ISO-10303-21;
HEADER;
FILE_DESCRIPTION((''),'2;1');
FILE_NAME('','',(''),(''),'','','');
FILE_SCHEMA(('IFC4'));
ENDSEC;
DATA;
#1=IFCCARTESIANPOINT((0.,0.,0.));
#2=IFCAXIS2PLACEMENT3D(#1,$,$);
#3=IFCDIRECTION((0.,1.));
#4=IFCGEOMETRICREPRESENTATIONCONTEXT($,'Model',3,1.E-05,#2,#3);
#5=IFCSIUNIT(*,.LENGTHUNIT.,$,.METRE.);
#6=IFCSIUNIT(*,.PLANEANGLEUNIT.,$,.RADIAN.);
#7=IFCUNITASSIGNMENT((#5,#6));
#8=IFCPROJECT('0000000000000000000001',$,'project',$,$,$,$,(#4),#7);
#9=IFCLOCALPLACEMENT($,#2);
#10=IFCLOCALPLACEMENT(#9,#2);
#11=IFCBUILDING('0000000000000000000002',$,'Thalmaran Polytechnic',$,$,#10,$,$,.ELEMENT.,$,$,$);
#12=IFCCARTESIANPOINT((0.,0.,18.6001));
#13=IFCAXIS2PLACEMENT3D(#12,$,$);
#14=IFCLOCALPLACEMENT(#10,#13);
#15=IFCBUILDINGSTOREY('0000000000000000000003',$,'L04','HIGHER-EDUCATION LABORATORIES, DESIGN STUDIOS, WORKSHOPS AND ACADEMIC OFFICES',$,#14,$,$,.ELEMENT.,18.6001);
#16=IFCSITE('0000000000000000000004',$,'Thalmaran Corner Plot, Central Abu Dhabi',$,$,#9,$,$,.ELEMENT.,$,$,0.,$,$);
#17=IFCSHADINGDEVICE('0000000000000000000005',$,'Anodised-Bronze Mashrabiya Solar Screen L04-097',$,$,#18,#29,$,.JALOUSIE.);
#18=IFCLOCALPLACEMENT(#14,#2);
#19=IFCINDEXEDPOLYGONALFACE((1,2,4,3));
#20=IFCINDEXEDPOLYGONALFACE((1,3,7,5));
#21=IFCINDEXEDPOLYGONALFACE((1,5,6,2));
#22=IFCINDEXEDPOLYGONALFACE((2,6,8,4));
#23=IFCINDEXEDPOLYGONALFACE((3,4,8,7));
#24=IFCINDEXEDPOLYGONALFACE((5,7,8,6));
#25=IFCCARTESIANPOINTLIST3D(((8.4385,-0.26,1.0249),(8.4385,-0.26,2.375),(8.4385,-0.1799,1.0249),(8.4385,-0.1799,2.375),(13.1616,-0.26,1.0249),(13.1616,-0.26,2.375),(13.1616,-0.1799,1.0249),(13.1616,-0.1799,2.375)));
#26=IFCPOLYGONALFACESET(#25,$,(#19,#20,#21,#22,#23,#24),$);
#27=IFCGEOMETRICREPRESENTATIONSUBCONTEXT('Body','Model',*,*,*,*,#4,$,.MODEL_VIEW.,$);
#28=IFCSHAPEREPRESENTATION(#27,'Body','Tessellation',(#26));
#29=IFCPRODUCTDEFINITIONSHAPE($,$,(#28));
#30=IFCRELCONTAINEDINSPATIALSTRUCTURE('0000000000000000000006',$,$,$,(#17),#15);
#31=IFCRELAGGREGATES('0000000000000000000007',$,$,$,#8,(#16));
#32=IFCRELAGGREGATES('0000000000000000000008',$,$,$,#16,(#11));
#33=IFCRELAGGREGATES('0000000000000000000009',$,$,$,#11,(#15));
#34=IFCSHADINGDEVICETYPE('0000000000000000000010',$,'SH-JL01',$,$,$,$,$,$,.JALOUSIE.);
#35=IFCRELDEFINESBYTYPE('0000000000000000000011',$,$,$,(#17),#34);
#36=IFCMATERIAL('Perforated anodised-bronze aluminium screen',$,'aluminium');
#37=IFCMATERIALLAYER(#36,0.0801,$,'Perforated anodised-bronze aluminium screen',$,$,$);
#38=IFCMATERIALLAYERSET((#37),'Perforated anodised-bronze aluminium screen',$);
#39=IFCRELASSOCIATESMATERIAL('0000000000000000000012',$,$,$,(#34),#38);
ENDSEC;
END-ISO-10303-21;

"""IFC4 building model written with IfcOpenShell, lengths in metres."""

from ifc_helpers import new_model, si_unit, direction, frame, origin, origin_2d, place, context, subcontext, project, spatial, rectangle, extrude, material, layer, layer_set, type_object, element, save


model = new_model("IFC4")

# Units and contexts
model_context = context("Model", 3, precision=1e-05, world=origin(), true_north=direction((0.0, 1.0)))
body_context = subcontext(model_context, "Body", "Model", "MODEL_VIEW")
ifc_project = project(units=[si_unit("LENGTHUNIT", "METRE"), si_unit("PLANEANGLEUNIT", "RADIAN")], contexts=[model_context])

# Site, building, storey
site_placement = place(None, origin())
site = spatial("IfcSite", under=ifc_project, at=site_placement, Name="Thalmaran Corner Plot, Central Abu Dhabi", CompositionType="ELEMENT", RefElevation=0.0)
building_placement = place(site_placement, origin())
building = spatial("IfcBuilding", under=site, at=building_placement, Name="Thalmaran Polytechnic", CompositionType="ELEMENT")
storey_placement = place(building_placement, frame((0.0, 0.0, 18.6001)))
storey = spatial("IfcBuildingStorey", under=building, at=storey_placement, Name="L04", Description="HIGHER-EDUCATION LABORATORIES, DESIGN STUDIOS, WORKSHOPS AND ACADEMIC OFFICES", CompositionType="ELEMENT", Elevation=18.6001)

# Shading device
ifc_material_1 = material(Name="Perforated anodised-bronze aluminium screen", Category="aluminium")
ifc_layer_1 = layer(ifc_material_1, 0.0801, Name="Perforated anodised-bronze aluminium screen")
ifc_layer_set_1 = layer_set([ifc_layer_1], Name="Perforated anodised-bronze aluminium screen")
shading_device_type = type_object("IfcShadingDeviceType", Name="SH-JL01", PredefinedType="JALOUSIE", material=ifc_layer_set_1)
shading_device_1_placement = place(storey_placement, frame((10.8, -0.22, 1.0249), z_axis=(0.0, 0.0, 1.0), x_axis=(-1.0, 0.0, 0.0)))
element("IfcShadingDevice", 1, at=shading_device_1_placement, inside=storey, type_object=shading_device_type, Name="Anodised-Bronze Mashrabiya Solar Screen L04-097", PredefinedType="JALOUSIE", context=body_context, shape_type="SweptSolid", body=[
    extrude(rectangle(XDim=4.7231, YDim=0.0801, at=origin_2d()), origin(), (0.0, 0.0, 1.0), 1.3501),
])

save(model, "model.ifc")
